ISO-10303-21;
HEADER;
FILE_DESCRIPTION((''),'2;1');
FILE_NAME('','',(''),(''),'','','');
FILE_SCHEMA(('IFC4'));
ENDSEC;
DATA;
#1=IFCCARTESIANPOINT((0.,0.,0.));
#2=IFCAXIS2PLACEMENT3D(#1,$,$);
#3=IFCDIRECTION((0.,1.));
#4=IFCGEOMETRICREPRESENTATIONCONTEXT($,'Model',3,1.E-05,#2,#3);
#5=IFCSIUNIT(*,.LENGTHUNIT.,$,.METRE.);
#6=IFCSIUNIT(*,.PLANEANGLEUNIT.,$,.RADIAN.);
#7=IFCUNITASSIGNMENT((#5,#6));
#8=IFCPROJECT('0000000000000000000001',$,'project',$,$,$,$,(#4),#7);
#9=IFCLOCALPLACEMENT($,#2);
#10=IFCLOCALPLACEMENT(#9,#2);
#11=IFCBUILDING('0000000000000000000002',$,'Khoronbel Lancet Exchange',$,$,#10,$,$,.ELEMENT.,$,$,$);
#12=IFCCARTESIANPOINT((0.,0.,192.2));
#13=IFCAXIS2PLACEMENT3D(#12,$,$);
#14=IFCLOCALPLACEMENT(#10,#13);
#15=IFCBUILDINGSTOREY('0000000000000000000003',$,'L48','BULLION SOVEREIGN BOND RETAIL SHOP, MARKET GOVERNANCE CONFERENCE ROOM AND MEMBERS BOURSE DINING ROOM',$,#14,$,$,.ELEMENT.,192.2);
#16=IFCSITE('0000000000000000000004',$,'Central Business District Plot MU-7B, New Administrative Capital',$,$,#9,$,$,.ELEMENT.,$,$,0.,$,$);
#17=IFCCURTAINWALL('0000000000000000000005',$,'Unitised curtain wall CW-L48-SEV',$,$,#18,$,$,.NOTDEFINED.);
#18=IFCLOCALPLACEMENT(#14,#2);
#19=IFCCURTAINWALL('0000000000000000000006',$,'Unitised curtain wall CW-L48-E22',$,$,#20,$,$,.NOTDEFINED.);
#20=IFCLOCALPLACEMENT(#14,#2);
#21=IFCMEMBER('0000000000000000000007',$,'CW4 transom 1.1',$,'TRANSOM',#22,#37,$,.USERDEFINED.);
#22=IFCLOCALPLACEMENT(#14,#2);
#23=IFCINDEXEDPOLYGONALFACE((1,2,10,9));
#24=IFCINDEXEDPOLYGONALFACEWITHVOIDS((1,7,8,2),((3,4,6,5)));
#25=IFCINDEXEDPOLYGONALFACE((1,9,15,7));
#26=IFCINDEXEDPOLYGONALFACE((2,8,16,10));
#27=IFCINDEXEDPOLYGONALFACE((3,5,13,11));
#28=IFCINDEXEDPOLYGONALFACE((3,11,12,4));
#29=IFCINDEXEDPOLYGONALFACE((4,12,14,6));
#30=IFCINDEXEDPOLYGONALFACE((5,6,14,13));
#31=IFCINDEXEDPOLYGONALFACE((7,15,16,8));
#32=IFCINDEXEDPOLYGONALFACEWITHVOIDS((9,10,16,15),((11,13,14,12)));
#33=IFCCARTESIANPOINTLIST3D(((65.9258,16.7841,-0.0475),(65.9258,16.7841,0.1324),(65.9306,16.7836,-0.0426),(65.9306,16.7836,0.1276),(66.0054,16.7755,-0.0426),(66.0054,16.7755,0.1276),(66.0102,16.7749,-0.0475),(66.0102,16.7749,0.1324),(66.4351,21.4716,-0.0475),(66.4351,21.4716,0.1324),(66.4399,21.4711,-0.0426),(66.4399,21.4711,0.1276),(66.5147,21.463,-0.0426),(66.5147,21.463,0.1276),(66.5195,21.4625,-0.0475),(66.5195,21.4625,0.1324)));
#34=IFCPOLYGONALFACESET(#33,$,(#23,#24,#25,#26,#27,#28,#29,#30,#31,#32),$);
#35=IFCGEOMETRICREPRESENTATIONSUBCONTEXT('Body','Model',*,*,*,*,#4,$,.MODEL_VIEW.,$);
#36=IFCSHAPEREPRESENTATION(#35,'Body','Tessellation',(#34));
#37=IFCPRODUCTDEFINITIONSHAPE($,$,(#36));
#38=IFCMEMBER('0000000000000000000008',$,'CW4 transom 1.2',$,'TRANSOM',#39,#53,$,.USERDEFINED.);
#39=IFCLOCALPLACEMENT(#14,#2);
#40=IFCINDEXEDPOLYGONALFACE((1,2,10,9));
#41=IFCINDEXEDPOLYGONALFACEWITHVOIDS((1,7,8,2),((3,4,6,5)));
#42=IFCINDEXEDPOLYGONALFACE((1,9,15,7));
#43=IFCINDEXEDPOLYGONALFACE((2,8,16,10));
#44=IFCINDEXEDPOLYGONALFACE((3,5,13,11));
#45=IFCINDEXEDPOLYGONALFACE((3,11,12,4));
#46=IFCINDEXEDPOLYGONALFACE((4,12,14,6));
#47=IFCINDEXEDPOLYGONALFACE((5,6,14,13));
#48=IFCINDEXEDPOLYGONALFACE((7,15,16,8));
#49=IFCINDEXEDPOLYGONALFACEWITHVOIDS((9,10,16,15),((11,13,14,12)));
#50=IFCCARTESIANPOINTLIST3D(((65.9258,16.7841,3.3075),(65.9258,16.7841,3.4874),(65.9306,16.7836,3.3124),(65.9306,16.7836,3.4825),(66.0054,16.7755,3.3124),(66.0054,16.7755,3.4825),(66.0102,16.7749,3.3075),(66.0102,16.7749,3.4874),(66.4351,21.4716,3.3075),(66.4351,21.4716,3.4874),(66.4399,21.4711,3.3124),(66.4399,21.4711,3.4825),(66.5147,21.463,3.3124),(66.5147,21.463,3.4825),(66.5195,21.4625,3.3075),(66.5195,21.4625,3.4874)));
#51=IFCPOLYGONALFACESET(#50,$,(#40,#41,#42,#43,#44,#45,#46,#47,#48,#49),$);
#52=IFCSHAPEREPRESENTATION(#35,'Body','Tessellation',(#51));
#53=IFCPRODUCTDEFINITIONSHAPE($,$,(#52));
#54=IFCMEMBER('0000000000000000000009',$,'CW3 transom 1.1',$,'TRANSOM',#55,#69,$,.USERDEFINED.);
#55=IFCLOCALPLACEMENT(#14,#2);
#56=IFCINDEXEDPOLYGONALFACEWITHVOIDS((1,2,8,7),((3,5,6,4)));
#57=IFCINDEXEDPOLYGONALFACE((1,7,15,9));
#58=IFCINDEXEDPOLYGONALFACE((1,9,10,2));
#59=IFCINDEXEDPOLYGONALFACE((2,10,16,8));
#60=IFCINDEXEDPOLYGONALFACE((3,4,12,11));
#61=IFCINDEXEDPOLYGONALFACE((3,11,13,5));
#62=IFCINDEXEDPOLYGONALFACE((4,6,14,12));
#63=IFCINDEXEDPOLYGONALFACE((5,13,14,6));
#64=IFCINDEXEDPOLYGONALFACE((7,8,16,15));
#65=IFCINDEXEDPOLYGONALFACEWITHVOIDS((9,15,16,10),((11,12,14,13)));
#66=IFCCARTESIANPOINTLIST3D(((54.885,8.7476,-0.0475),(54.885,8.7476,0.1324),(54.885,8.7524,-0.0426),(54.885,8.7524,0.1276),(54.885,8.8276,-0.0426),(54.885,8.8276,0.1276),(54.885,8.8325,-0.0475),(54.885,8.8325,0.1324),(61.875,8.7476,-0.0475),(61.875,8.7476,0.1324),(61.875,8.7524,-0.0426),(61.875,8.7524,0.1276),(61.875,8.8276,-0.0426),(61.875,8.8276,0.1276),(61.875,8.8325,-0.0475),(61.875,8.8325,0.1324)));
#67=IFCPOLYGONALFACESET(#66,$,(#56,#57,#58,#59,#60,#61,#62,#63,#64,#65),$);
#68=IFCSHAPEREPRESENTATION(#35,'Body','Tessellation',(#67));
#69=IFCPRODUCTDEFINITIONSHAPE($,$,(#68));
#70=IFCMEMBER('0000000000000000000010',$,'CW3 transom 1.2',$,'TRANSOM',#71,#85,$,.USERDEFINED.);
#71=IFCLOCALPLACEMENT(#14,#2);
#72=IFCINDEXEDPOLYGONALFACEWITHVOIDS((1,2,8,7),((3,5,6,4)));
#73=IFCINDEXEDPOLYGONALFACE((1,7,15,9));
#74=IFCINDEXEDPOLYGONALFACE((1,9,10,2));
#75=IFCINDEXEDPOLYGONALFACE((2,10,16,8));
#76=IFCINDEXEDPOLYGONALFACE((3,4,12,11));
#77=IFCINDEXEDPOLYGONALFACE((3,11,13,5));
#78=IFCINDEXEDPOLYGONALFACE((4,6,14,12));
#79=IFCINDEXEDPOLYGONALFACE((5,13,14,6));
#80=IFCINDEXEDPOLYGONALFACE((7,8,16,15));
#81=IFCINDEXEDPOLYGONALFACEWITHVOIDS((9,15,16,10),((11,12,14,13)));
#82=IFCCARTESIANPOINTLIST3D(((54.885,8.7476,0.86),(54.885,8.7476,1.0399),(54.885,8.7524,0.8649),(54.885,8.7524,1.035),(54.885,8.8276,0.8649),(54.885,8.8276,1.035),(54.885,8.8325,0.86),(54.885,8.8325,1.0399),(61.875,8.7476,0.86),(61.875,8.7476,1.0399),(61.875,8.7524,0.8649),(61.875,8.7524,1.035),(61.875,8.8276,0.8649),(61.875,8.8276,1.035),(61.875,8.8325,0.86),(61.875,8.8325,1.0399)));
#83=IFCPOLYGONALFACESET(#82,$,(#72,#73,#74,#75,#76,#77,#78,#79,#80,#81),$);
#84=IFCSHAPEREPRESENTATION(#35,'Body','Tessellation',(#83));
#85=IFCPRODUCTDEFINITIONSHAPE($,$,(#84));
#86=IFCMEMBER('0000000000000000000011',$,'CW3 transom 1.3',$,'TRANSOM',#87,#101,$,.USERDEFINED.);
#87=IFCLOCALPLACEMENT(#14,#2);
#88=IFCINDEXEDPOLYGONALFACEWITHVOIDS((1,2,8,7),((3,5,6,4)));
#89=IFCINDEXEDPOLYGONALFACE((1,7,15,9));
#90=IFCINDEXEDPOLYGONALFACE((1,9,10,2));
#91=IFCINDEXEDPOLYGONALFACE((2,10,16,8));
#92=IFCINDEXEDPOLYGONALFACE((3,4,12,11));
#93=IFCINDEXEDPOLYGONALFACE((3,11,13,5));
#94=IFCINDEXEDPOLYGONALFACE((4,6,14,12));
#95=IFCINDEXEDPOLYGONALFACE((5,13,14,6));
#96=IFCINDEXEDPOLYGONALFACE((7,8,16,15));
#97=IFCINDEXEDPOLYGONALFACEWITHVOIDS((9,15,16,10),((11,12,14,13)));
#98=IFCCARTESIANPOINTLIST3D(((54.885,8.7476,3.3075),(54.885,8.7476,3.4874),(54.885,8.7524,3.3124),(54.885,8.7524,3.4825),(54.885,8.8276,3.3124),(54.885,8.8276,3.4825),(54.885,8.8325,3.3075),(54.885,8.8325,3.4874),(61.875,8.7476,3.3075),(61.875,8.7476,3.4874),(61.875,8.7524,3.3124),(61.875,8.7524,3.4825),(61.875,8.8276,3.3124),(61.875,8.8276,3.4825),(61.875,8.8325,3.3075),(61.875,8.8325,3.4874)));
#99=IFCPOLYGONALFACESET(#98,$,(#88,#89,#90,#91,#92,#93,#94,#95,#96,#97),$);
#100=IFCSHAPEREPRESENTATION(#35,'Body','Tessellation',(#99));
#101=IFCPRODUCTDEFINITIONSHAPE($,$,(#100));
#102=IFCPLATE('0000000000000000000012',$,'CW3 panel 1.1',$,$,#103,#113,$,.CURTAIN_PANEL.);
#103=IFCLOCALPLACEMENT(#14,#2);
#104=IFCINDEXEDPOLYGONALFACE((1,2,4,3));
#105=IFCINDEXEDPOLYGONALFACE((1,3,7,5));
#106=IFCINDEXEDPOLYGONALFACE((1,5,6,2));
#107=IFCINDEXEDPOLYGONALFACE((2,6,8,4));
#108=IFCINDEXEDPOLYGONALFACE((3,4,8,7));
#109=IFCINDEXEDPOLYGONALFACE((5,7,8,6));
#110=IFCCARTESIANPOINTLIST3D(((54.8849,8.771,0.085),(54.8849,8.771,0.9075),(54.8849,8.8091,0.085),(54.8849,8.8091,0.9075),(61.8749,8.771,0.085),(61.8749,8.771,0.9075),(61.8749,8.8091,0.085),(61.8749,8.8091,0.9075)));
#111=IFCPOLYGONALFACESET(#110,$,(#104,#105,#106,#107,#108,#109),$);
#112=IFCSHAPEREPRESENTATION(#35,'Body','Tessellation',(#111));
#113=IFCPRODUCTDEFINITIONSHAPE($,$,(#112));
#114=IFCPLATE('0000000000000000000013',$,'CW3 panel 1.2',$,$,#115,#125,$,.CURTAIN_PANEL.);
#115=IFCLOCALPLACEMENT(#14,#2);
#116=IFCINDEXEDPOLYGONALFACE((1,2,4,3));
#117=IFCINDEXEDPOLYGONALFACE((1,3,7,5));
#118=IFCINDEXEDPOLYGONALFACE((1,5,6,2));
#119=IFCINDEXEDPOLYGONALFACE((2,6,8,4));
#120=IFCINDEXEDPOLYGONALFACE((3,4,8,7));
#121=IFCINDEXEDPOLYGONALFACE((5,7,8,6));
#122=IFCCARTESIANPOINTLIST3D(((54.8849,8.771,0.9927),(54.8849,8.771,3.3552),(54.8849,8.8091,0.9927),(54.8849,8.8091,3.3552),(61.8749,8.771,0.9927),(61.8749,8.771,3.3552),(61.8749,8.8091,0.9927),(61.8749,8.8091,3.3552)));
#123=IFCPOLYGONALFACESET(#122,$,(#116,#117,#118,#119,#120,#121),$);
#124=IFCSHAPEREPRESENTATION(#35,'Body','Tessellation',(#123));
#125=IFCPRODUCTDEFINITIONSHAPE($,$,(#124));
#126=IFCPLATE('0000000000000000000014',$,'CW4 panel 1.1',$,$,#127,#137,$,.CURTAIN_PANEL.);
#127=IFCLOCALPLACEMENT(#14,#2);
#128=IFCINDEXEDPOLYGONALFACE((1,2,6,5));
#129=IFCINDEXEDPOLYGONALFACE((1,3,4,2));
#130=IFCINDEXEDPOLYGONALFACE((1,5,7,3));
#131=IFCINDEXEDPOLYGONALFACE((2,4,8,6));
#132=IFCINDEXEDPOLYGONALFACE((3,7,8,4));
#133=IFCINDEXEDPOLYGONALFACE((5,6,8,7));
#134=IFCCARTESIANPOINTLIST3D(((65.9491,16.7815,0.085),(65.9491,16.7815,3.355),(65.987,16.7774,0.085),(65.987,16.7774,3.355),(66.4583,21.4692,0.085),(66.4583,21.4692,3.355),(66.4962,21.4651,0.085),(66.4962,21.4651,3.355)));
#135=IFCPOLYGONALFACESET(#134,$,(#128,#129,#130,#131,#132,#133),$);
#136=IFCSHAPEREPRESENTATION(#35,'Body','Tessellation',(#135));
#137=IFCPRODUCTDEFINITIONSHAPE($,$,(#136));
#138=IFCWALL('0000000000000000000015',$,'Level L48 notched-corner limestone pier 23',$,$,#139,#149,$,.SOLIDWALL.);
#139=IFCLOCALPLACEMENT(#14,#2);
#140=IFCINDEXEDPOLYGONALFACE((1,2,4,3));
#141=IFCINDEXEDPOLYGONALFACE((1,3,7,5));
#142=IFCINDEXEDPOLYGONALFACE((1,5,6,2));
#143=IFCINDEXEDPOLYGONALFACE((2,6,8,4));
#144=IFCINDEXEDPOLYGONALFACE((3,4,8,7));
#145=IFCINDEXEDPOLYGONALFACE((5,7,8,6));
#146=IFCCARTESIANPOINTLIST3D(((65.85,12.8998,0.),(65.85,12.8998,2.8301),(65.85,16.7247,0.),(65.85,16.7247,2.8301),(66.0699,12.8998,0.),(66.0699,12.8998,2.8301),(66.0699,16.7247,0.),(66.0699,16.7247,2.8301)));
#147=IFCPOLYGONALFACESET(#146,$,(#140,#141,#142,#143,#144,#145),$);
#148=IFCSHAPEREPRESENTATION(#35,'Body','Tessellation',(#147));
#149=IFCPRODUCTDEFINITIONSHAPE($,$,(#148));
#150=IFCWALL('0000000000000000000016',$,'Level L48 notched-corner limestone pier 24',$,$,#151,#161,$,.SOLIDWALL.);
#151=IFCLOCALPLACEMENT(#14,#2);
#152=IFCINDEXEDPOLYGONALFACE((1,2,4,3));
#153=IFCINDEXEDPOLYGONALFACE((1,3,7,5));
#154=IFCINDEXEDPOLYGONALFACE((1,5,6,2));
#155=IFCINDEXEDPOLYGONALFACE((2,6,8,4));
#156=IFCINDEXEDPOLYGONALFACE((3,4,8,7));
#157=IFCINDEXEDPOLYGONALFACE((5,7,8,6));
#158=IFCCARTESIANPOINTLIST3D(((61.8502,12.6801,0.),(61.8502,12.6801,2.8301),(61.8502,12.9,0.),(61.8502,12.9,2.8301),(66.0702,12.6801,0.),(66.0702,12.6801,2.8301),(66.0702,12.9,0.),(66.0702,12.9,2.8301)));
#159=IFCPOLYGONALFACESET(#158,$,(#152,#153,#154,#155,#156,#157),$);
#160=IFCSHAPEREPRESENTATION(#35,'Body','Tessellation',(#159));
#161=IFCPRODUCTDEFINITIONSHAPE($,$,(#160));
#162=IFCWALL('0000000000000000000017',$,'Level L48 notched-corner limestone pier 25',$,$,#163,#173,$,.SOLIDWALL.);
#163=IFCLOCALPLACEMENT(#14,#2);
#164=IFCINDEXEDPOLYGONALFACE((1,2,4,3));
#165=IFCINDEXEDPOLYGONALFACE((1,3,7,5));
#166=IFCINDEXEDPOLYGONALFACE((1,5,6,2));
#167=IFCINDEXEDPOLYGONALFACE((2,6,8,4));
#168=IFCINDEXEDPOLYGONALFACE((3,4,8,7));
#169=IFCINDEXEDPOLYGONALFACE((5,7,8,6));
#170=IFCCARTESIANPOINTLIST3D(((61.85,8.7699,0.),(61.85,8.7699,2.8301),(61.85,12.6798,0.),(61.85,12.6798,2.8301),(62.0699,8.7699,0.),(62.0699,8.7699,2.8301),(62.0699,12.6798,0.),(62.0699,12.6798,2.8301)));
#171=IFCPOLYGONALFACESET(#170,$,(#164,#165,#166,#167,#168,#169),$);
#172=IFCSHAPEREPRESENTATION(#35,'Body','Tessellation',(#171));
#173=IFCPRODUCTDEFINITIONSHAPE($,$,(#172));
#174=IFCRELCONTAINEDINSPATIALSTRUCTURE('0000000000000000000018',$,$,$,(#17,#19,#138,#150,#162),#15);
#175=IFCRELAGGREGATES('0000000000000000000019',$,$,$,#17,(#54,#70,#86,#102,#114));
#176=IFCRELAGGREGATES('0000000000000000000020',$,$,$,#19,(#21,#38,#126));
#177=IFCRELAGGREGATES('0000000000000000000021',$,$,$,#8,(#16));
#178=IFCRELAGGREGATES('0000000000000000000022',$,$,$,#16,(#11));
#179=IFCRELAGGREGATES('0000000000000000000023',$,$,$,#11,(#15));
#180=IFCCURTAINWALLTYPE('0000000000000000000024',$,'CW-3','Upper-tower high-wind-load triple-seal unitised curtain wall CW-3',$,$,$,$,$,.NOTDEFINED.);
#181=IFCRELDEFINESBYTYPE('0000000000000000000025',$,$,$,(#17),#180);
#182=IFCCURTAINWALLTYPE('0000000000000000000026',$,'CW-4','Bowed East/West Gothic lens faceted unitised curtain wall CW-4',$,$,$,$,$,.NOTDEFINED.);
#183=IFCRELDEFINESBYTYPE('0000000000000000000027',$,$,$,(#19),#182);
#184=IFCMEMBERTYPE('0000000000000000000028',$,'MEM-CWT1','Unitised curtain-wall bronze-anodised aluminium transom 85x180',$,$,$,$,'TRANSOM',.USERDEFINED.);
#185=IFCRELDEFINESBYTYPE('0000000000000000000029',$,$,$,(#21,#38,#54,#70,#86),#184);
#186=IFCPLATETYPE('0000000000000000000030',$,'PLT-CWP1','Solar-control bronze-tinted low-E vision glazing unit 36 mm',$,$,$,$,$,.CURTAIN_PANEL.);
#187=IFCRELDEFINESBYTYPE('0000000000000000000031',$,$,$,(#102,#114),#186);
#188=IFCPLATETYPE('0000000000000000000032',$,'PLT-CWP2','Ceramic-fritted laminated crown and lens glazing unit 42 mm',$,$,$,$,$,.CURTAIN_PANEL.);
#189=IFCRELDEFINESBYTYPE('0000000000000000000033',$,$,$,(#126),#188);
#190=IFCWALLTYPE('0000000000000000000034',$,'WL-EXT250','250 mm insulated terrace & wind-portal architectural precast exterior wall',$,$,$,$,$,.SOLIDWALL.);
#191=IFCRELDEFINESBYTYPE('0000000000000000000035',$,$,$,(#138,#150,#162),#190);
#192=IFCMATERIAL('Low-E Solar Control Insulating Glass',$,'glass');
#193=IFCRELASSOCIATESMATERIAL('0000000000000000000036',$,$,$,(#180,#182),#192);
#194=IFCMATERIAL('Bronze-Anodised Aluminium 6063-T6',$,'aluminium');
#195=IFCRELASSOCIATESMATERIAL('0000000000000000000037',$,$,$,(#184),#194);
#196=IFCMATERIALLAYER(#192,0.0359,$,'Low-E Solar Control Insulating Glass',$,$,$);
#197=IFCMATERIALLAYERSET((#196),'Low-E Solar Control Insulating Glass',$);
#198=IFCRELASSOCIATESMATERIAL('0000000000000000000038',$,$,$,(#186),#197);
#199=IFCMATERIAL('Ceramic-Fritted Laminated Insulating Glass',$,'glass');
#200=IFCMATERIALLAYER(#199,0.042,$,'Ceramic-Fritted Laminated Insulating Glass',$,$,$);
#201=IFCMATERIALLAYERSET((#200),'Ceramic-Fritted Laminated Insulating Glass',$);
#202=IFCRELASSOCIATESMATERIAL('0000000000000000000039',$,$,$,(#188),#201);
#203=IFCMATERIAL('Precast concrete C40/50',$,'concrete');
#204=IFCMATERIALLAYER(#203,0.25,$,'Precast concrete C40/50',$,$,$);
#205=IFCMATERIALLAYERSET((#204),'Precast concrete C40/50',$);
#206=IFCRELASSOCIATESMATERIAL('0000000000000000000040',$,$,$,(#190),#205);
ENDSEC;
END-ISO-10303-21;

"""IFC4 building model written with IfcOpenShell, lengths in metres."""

from ifc_helpers import new_model, si_unit, direction, frame, frame_2d, origin, origin_2d, place, context, subcontext, project, spatial, rectangle, hollow_rectangle, extrude, material, layer, layer_set, material_profile, profile_set, type_object, element, aggregate, save


model = new_model("IFC4")

# Units and contexts
model_context = context("Model", 3, precision=1e-05, world=origin(), true_north=direction((0.0, 1.0)))
body_context = subcontext(model_context, "Body", "Model", "MODEL_VIEW")
ifc_project = project(units=[si_unit("LENGTHUNIT", "METRE"), si_unit("PLANEANGLEUNIT", "RADIAN")], contexts=[model_context])

# Site, building, storey
site_placement = place(None, origin())
site = spatial("IfcSite", under=ifc_project, at=site_placement, Name="Central Business District Plot MU-7B, New Administrative Capital", CompositionType="ELEMENT", RefElevation=0.0)
building_placement = place(site_placement, origin())
building = spatial("IfcBuilding", under=site, at=building_placement, Name="Khoronbel Lancet Exchange", CompositionType="ELEMENT")
storey_placement = place(building_placement, frame((0.0, 0.0, 192.2)))
storey = spatial("IfcBuildingStorey", under=building, at=storey_placement, Name="L48", Description="BULLION SOVEREIGN BOND RETAIL SHOP, MARKET GOVERNANCE CONFERENCE ROOM AND MEMBERS BOURSE DINING ROOM", CompositionType="ELEMENT", Elevation=192.2)

# Shared definitions
ifc_material_1 = material(Name="Low-E Solar Control Insulating Glass", Category="glass")
curtain_wall_type_1 = type_object("IfcCurtainWallType", Name="CW-3", Description="Upper-tower high-wind-load triple-seal unitised curtain wall CW-3", PredefinedType="NOTDEFINED", material=ifc_material_1)
ifc_material_2 = material(Name="Bronze-Anodised Aluminium 6063-T6", Category="aluminium")

# Curtain walls, members
curtain_wall_1_placement = place(storey_placement, origin())
curtain_wall_1 = element("IfcCurtainWall", 1, at=curtain_wall_1_placement, inside=storey, type_object=curtain_wall_type_1, Name="Unitised curtain wall CW-L48-SEV", PredefinedType="NOTDEFINED")
curtain_wall_type_2 = type_object("IfcCurtainWallType", Name="CW-4", Description="Bowed East/West Gothic lens faceted unitised curtain wall CW-4", PredefinedType="NOTDEFINED", material=ifc_material_1)
curtain_wall_2_placement = place(storey_placement, origin())
curtain_wall_2 = element("IfcCurtainWall", 2, at=curtain_wall_2_placement, inside=storey, type_object=curtain_wall_type_2, Name="Unitised curtain wall CW-L48-E22", PredefinedType="NOTDEFINED")
ifc_material_profile_1 = material_profile(ifc_material_2, hollow_rectangle(XDim=0.085, YDim=0.1799, WallThickness=0.0049, at=origin_2d()), Name="ALU TRANSOM 85x180")
ifc_profile_set_1 = profile_set([ifc_material_profile_1], Name="Bronze-Anodised Aluminium 6063-T6")
member_type_1 = type_object("IfcMemberType", Name="MEM-CWT1", Description="Unitised curtain-wall bronze-anodised aluminium transom 85x180", ElementType="TRANSOM", PredefinedType="USERDEFINED", material=ifc_profile_set_1)
member_1_placement = place(storey_placement, frame((66.4773, 21.467, 0.0425), z_axis=(-0.10801, -0.99415, 0.0), x_axis=(0.99415, -0.10801, 0.0)))
member_1 = element("IfcMember", 3, at=member_1_placement, type_object=member_type_1, Name="CW4 transom 1.1", ObjectType="TRANSOM", PredefinedType="USERDEFINED", context=body_context, shape_type="SweptSolid", body=[
    extrude(hollow_rectangle(XDim=0.085, YDim=0.1799, WallThickness=0.0049, at=origin_2d()), origin(), (0.0, 0.0, 1.0), 4.7151),
])
member_2_placement = place(storey_placement, frame((66.4773, 21.467, 3.3975), z_axis=(-0.10801, -0.99415, 0.0), x_axis=(0.99415, -0.10801, 0.0)))
member_2 = element("IfcMember", 4, at=member_2_placement, type_object=member_type_1, Name="CW4 transom 1.2", ObjectType="TRANSOM", PredefinedType="USERDEFINED", context=body_context, shape_type="SweptSolid", body=[
    extrude(hollow_rectangle(XDim=0.085, YDim=0.1799, WallThickness=0.0049, at=origin_2d()), origin(), (0.0, 0.0, 1.0), 4.7151),
])

# Members
member_3_placement = place(storey_placement, frame((54.885, 8.79, 0.0425), z_axis=(1.0, 0.0, 0.0), x_axis=(0.0, 1.0, 0.0)))
member_3 = element("IfcMember", 5, at=member_3_placement, type_object=member_type_1, Name="CW3 transom 1.1", ObjectType="TRANSOM", PredefinedType="USERDEFINED", context=body_context, shape_type="SweptSolid", body=[
    extrude(hollow_rectangle(XDim=0.085, YDim=0.1799, WallThickness=0.0049, at=origin_2d()), origin(), (0.0, 0.0, 1.0), 6.99),
])
member_4_placement = place(storey_placement, frame((54.885, 8.79, 0.95), z_axis=(1.0, 0.0, 0.0), x_axis=(0.0, 1.0, 0.0)))
member_4 = element("IfcMember", 6, at=member_4_placement, type_object=member_type_1, Name="CW3 transom 1.2", ObjectType="TRANSOM", PredefinedType="USERDEFINED", context=body_context, shape_type="SweptSolid", body=[
    extrude(hollow_rectangle(XDim=0.085, YDim=0.1799, WallThickness=0.0049, at=origin_2d()), origin(), (0.0, 0.0, 1.0), 6.99),
])
member_5_placement = place(storey_placement, frame((54.885, 8.79, 3.3975), z_axis=(1.0, 0.0, 0.0), x_axis=(0.0, 1.0, 0.0)))
member_5 = element("IfcMember", 7, at=member_5_placement, type_object=member_type_1, Name="CW3 transom 1.3", ObjectType="TRANSOM", PredefinedType="USERDEFINED", context=body_context, shape_type="SweptSolid", body=[
    extrude(hollow_rectangle(XDim=0.085, YDim=0.1799, WallThickness=0.0049, at=origin_2d()), origin(), (0.0, 0.0, 1.0), 6.99),
])

# Plates
ifc_layer_1 = layer(ifc_material_1, 0.0359, Name="Low-E Solar Control Insulating Glass")
ifc_layer_set_1 = layer_set([ifc_layer_1], Name="Low-E Solar Control Insulating Glass")
plate_type_1 = type_object("IfcPlateType", Name="PLT-CWP1", Description="Solar-control bronze-tinted low-E vision glazing unit 36 mm", PredefinedType="CURTAIN_PANEL", material=ifc_layer_set_1)
plate_1_placement = place(storey_placement, frame((58.3799, 8.79, 0.085), z_axis=(0.0, 0.0, 1.0), x_axis=(1.0, 0.0, 0.0)))
plate_1 = element("IfcPlate", 8, at=plate_1_placement, type_object=plate_type_1, Name="CW3 panel 1.1", PredefinedType="CURTAIN_PANEL", context=body_context, shape_type="SweptSolid", body=[
    extrude(rectangle(XDim=6.99, YDim=0.0381, at=origin_2d()), origin(), (0.0, 0.0, 1.0), 0.8225),
])
plate_2_placement = place(storey_placement, frame((58.3799, 8.79, 0.9927), z_axis=(0.0, 0.0, 1.0), x_axis=(1.0, 0.0, 0.0)))
plate_2 = element("IfcPlate", 9, at=plate_2_placement, type_object=plate_type_1, Name="CW3 panel 1.2", PredefinedType="CURTAIN_PANEL", context=body_context, shape_type="SweptSolid", body=[
    extrude(rectangle(XDim=6.99, YDim=0.0381, at=origin_2d()), origin(), (0.0, 0.0, 1.0), 2.3625),
])
aggregate(curtain_wall_1, [member_3, member_4, member_5, plate_1, plate_2])
ifc_material_3 = material(Name="Ceramic-Fritted Laminated Insulating Glass", Category="glass")
ifc_layer_2 = layer(ifc_material_3, 0.042, Name="Ceramic-Fritted Laminated Insulating Glass")
ifc_layer_set_2 = layer_set([ifc_layer_2], Name="Ceramic-Fritted Laminated Insulating Glass")
plate_type_2 = type_object("IfcPlateType", Name="PLT-CWP2", Description="Ceramic-fritted laminated crown and lens glazing unit 42 mm", PredefinedType="CURTAIN_PANEL", material=ifc_layer_set_2)
plate_3_placement = place(storey_placement, frame((66.2227, 19.1233, 0.085), z_axis=(0.0, 0.0, 1.0), x_axis=(-0.10799, -0.994152, 0.0)))
plate_3 = element("IfcPlate", 10, at=plate_3_placement, type_object=plate_type_2, Name="CW4 panel 1.1", PredefinedType="CURTAIN_PANEL", context=body_context, shape_type="SweptSolid", body=[
    extrude(rectangle(XDim=4.7153, YDim=0.0381, at=origin_2d()), origin(), (0.0, 0.0, 1.0), 3.27),
])
aggregate(curtain_wall_2, [member_1, member_2, plate_3])

# Walls
ifc_material_4 = material(Name="Precast concrete C40/50", Category="concrete")
ifc_layer_3 = layer(ifc_material_4, 0.25, Name="Precast concrete C40/50")
ifc_layer_set_3 = layer_set([ifc_layer_3], Name="Precast concrete C40/50")
wall_type_1 = type_object("IfcWallType", Name="WL-EXT250", Description="250 mm insulated terrace & wind-portal architectural precast exterior wall", PredefinedType="SOLIDWALL", material=ifc_layer_set_3)
wall_1_placement = place(storey_placement, frame((65.96, 16.7249, 0.0), z_axis=(0.0, 0.0, 1.0), x_axis=(0.0, -1.0, 0.0)))
element("IfcWall", 11, at=wall_1_placement, inside=storey, type_object=wall_type_1, Name="Level L48 notched-corner limestone pier 23", PredefinedType="SOLIDWALL", context=body_context, shape_type="SweptSolid", body=[
    extrude(rectangle(XDim=3.825, YDim=0.22, at=frame_2d((1.9126, 0.0))), origin(), (0.0, 0.0, 1.0), 2.8301),
])
wall_2_placement = place(storey_placement, frame((66.0701, 12.79, 0.0), z_axis=(0.0, 0.0, 1.0), x_axis=(-1.0, 0.0, 0.0)))
element("IfcWall", 12, at=wall_2_placement, inside=storey, type_object=wall_type_1, Name="Level L48 notched-corner limestone pier 24", PredefinedType="SOLIDWALL", context=body_context, shape_type="SweptSolid", body=[
    extrude(rectangle(XDim=4.22, YDim=0.22, at=frame_2d((2.1099, 0.0))), origin(), (0.0, 0.0, 1.0), 2.8301),
])
wall_3_placement = place(storey_placement, frame((61.96, 12.6799, 0.0), z_axis=(0.0, 0.0, 1.0), x_axis=(0.0, -1.0, 0.0)))
element("IfcWall", 13, at=wall_3_placement, inside=storey, type_object=wall_type_1, Name="Level L48 notched-corner limestone pier 25", PredefinedType="SOLIDWALL", context=body_context, shape_type="SweptSolid", body=[
    extrude(rectangle(XDim=3.9099, YDim=0.22, at=frame_2d((1.9551, 0.0))), origin(), (0.0, 0.0, 1.0), 2.8301),
])

save(model, "model.ifc")
